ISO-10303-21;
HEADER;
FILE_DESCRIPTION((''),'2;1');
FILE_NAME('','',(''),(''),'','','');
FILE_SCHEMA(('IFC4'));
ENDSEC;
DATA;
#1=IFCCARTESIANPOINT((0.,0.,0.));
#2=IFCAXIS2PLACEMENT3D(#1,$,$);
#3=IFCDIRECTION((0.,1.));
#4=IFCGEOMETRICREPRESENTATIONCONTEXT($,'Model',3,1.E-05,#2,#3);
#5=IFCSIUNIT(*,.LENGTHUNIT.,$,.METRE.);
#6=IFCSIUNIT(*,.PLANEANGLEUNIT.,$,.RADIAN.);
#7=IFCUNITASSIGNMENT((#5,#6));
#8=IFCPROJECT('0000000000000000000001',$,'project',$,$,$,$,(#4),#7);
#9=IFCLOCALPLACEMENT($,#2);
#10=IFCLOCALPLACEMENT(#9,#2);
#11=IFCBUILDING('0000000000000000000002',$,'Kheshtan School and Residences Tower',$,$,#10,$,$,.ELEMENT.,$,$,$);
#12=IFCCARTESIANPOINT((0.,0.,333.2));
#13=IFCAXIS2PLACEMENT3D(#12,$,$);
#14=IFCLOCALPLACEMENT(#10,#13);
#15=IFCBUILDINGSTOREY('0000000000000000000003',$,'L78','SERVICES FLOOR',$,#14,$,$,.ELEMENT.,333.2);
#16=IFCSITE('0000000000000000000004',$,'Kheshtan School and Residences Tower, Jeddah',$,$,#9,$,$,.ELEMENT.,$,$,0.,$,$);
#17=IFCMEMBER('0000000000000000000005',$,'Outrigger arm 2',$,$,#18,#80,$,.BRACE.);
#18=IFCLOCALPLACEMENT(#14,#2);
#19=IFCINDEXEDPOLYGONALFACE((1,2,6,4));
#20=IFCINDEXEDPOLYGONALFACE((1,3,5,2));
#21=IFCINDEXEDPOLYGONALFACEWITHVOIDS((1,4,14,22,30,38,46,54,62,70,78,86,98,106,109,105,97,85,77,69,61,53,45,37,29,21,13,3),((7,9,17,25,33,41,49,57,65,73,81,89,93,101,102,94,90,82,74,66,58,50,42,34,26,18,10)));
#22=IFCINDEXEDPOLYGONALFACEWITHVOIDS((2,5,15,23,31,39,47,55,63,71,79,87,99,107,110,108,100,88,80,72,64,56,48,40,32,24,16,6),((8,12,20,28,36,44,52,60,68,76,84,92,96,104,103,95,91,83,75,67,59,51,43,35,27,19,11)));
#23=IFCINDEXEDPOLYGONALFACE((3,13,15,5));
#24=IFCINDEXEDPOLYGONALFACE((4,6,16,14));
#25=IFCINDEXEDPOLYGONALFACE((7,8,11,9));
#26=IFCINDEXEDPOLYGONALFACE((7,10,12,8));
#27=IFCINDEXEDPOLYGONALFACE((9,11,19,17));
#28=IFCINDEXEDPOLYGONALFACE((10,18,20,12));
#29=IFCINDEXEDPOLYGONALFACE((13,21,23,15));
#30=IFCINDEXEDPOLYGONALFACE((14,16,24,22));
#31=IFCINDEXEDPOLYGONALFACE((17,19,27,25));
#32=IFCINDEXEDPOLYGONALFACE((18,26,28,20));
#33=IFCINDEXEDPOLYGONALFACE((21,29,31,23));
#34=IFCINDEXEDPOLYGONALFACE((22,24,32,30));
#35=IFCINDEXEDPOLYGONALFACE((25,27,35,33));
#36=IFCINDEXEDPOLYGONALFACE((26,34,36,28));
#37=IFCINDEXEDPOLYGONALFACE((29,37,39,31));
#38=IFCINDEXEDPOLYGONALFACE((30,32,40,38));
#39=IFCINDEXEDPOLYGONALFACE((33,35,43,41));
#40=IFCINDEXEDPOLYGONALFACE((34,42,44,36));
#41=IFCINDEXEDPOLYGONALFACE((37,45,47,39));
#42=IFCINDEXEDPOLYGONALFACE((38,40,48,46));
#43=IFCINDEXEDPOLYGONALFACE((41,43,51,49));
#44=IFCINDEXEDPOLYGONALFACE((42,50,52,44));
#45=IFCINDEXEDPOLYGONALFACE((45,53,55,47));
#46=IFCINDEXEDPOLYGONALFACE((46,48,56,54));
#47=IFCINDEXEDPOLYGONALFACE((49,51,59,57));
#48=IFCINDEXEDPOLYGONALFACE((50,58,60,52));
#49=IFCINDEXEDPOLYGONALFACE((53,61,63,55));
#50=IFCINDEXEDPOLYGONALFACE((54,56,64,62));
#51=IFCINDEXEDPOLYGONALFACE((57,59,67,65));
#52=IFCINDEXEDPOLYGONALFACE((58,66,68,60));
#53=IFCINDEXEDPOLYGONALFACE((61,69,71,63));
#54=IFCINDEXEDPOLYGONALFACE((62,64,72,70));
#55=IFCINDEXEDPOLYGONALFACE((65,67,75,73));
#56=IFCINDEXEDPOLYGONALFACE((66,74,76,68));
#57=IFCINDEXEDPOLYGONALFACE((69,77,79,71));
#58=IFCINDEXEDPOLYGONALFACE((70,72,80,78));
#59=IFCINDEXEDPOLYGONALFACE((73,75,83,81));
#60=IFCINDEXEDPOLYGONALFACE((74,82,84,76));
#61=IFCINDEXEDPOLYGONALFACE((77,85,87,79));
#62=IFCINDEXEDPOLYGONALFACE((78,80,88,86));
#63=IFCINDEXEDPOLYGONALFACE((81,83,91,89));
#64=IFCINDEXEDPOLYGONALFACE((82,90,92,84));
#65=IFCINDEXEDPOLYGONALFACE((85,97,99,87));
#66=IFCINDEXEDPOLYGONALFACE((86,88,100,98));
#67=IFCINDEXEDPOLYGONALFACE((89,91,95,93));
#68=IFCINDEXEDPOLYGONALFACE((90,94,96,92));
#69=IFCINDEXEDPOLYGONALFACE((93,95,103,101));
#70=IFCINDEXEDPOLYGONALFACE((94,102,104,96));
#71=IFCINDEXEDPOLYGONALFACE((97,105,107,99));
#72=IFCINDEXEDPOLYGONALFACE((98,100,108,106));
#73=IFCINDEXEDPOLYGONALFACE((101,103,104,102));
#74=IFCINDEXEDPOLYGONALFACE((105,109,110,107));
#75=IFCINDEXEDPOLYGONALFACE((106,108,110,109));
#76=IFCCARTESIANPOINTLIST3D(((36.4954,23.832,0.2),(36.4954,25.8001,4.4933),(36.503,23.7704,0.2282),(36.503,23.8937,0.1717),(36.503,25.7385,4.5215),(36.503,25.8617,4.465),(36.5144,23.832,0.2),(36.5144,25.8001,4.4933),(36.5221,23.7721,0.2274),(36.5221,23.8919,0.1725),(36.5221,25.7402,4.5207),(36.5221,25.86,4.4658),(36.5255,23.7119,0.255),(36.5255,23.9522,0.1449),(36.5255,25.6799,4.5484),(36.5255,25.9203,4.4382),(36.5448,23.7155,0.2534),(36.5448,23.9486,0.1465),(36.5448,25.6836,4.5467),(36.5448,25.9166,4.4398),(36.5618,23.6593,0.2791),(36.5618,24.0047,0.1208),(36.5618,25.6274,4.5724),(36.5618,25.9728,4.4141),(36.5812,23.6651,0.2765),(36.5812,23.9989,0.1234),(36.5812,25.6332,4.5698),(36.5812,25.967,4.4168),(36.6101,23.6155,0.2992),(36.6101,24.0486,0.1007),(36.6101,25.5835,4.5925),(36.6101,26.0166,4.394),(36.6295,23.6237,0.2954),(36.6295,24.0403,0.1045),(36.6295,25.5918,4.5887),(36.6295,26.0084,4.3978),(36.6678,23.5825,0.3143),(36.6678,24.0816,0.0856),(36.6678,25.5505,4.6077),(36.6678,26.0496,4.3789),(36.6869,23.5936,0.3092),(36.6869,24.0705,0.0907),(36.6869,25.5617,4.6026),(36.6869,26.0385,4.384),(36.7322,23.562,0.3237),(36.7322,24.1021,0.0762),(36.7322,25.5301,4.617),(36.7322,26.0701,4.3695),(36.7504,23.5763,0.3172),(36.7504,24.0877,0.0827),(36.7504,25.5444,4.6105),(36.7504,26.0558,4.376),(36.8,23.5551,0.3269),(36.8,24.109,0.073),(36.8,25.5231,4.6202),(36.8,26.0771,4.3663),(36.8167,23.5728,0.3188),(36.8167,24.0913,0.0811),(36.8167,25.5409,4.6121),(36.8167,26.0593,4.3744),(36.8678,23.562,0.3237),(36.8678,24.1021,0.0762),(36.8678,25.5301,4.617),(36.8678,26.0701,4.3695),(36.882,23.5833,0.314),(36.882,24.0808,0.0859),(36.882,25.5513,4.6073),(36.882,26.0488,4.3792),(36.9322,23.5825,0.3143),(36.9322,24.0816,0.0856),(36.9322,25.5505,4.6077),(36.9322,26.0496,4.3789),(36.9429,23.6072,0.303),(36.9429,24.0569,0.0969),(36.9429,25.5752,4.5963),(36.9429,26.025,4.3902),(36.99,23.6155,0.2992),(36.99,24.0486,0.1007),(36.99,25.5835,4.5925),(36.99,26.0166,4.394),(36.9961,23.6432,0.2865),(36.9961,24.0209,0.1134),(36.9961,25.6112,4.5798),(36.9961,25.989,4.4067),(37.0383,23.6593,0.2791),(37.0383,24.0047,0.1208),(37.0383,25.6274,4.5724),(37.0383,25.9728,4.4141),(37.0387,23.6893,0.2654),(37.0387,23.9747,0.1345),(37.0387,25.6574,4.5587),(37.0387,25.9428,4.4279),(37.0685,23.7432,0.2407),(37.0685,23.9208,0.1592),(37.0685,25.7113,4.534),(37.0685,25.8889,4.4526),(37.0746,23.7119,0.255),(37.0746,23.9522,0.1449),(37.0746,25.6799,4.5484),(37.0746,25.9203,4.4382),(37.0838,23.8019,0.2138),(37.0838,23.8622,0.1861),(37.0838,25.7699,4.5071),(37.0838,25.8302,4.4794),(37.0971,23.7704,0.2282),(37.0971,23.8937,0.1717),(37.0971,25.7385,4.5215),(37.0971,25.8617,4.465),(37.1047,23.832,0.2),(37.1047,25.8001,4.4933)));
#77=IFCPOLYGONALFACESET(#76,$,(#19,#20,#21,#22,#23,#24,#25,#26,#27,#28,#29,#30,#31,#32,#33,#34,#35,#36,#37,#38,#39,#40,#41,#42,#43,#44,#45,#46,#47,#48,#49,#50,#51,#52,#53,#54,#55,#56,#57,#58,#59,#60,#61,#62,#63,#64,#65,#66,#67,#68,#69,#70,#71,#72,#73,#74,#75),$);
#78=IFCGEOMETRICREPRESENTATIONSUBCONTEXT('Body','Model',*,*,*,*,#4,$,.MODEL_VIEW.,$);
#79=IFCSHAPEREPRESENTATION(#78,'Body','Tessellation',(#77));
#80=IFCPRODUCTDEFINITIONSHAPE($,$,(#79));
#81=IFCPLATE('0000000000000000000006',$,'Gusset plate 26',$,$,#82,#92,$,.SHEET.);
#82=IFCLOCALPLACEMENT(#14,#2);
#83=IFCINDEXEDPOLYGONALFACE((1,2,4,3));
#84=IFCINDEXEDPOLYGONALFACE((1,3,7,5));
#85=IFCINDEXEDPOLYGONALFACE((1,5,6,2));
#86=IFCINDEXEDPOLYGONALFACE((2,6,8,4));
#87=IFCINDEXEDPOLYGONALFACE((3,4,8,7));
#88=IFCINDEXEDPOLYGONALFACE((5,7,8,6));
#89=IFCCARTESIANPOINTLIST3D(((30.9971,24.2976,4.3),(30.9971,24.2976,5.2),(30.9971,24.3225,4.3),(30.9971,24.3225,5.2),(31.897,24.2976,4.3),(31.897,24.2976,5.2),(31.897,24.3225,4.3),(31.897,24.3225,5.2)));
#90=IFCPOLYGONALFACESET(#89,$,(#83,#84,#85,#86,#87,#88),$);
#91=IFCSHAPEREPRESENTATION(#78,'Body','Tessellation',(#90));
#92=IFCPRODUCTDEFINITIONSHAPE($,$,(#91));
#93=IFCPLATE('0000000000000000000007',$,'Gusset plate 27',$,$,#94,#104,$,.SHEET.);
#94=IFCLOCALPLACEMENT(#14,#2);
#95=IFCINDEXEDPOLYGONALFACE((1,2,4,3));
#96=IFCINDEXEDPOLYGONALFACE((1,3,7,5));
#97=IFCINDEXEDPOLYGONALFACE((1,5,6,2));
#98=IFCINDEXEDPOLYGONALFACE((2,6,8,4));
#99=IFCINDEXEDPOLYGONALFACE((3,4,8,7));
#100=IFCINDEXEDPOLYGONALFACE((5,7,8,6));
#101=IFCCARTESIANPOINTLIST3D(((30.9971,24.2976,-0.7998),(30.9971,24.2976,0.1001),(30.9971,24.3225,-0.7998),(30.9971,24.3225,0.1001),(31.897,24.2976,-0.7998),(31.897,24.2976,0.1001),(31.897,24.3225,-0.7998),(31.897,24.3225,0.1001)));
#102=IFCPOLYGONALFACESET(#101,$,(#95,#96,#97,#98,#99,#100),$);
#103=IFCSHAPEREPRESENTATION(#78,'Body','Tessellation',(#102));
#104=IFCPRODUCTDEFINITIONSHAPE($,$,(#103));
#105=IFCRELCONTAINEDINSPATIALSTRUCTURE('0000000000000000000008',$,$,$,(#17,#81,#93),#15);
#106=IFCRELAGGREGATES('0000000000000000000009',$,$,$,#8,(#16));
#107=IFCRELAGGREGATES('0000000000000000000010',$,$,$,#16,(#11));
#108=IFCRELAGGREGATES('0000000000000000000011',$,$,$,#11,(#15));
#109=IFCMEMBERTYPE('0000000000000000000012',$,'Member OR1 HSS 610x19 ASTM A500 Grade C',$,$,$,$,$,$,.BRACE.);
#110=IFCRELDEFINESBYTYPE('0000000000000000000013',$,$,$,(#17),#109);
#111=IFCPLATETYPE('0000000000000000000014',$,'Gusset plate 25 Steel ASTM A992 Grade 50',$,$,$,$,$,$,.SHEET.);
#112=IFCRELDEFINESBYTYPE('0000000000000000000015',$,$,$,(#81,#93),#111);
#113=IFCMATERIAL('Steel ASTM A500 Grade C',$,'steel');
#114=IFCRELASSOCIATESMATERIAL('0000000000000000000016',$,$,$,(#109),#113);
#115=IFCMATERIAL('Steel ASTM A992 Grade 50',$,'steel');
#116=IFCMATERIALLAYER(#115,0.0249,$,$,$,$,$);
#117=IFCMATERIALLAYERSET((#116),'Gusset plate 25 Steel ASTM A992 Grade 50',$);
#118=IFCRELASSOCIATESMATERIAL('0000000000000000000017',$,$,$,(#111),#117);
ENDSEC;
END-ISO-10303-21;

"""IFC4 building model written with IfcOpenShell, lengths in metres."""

from ifc_helpers import new_model, si_unit, direction, frame, origin, origin_2d, place, context, subcontext, project, spatial, rectangle, hollow_circle, extrude, material, layer, layer_set, material_profile, profile_set, type_object, element, save


model = new_model("IFC4")

# Units and contexts
model_context = context("Model", 3, precision=1e-05, world=origin(), true_north=direction((0.0, 1.0)))
body_context = subcontext(model_context, "Body", "Model", "MODEL_VIEW")
ifc_project = project(units=[si_unit("LENGTHUNIT", "METRE"), si_unit("PLANEANGLEUNIT", "RADIAN")], contexts=[model_context])

# Site, building, storey
site_placement = place(None, origin())
site = spatial("IfcSite", under=ifc_project, at=site_placement, Name="Kheshtan School and Residences Tower, Jeddah", CompositionType="ELEMENT", RefElevation=0.0)
building_placement = place(site_placement, origin())
building = spatial("IfcBuilding", under=site, at=building_placement, Name="Kheshtan School and Residences Tower", CompositionType="ELEMENT")
storey_placement = place(building_placement, frame((0.0, 0.0, 333.2)))
storey = spatial("IfcBuildingStorey", under=building, at=storey_placement, Name="L78", Description="SERVICES FLOOR", CompositionType="ELEMENT", Elevation=333.2)

# Shared definitions
ifc_material_1 = material(Name="Steel ASTM A992 Grade 50", Category="steel")

# Member
ifc_material_2 = material(Name="Steel ASTM A500 Grade C", Category="steel")
ifc_material_profile_1 = material_profile(ifc_material_2, hollow_circle(Radius=0.3047, WallThickness=0.019, at=origin_2d()), Name="HSS 610x19")
ifc_profile_set_1 = profile_set([ifc_material_profile_1], Name="Steel ASTM A500 Grade C")
member_type_1 = type_object("IfcMemberType", Name="Member OR1 HSS 610x19 ASTM A500 Grade C", PredefinedType="BRACE", material=ifc_profile_set_1)
member_1_placement = place(storey_placement, frame((36.8, 23.832, 0.2), z_axis=(0.0, 0.416706, 0.909041), x_axis=(-1.0, 0.0, 0.0)))
element("IfcMember", 1, at=member_1_placement, inside=storey, type_object=member_type_1, Name="Outrigger arm 2", PredefinedType="BRACE", context=body_context, shape_type="SweptSolid", body=[
    extrude(hollow_circle(Radius=0.3047, WallThickness=0.019, at=origin_2d()), origin(), (0.0, 0.0, 1.0), 4.7229),
])

# Plates
ifc_layer = layer(ifc_material_1, 0.0249)
ifc_layer_set = layer_set([ifc_layer], Name="Gusset plate 25 Steel ASTM A992 Grade 50")
plate_type = type_object("IfcPlateType", Name="Gusset plate 25 Steel ASTM A992 Grade 50", PredefinedType="SHEET", material=ifc_layer_set)
for number, where, z_axis, x_axis, name in (
    (2, (31.447, 24.3101, 4.3), (0.0, 0.0, 1.0), (1.0, 0.0, 0.0), "Gusset plate 26"),
    (3, (31.447, 24.3101, -0.7998), (0.0, 0.0, 1.0), (1.0, 0.0, 0.0), "Gusset plate 27"),
):
    element("IfcPlate", number, at=place(storey_placement, frame(where, z_axis=z_axis, x_axis=x_axis)), inside=storey, type_object=plate_type, Name=name, PredefinedType="SHEET", context=body_context, shape_type="SweptSolid", body=[
        extrude(rectangle(XDim=0.8999, YDim=0.0249, at=origin_2d()), origin(), (0.0, 0.0, 1.0), 0.8999),
    ])

save(model, "model.ifc")
